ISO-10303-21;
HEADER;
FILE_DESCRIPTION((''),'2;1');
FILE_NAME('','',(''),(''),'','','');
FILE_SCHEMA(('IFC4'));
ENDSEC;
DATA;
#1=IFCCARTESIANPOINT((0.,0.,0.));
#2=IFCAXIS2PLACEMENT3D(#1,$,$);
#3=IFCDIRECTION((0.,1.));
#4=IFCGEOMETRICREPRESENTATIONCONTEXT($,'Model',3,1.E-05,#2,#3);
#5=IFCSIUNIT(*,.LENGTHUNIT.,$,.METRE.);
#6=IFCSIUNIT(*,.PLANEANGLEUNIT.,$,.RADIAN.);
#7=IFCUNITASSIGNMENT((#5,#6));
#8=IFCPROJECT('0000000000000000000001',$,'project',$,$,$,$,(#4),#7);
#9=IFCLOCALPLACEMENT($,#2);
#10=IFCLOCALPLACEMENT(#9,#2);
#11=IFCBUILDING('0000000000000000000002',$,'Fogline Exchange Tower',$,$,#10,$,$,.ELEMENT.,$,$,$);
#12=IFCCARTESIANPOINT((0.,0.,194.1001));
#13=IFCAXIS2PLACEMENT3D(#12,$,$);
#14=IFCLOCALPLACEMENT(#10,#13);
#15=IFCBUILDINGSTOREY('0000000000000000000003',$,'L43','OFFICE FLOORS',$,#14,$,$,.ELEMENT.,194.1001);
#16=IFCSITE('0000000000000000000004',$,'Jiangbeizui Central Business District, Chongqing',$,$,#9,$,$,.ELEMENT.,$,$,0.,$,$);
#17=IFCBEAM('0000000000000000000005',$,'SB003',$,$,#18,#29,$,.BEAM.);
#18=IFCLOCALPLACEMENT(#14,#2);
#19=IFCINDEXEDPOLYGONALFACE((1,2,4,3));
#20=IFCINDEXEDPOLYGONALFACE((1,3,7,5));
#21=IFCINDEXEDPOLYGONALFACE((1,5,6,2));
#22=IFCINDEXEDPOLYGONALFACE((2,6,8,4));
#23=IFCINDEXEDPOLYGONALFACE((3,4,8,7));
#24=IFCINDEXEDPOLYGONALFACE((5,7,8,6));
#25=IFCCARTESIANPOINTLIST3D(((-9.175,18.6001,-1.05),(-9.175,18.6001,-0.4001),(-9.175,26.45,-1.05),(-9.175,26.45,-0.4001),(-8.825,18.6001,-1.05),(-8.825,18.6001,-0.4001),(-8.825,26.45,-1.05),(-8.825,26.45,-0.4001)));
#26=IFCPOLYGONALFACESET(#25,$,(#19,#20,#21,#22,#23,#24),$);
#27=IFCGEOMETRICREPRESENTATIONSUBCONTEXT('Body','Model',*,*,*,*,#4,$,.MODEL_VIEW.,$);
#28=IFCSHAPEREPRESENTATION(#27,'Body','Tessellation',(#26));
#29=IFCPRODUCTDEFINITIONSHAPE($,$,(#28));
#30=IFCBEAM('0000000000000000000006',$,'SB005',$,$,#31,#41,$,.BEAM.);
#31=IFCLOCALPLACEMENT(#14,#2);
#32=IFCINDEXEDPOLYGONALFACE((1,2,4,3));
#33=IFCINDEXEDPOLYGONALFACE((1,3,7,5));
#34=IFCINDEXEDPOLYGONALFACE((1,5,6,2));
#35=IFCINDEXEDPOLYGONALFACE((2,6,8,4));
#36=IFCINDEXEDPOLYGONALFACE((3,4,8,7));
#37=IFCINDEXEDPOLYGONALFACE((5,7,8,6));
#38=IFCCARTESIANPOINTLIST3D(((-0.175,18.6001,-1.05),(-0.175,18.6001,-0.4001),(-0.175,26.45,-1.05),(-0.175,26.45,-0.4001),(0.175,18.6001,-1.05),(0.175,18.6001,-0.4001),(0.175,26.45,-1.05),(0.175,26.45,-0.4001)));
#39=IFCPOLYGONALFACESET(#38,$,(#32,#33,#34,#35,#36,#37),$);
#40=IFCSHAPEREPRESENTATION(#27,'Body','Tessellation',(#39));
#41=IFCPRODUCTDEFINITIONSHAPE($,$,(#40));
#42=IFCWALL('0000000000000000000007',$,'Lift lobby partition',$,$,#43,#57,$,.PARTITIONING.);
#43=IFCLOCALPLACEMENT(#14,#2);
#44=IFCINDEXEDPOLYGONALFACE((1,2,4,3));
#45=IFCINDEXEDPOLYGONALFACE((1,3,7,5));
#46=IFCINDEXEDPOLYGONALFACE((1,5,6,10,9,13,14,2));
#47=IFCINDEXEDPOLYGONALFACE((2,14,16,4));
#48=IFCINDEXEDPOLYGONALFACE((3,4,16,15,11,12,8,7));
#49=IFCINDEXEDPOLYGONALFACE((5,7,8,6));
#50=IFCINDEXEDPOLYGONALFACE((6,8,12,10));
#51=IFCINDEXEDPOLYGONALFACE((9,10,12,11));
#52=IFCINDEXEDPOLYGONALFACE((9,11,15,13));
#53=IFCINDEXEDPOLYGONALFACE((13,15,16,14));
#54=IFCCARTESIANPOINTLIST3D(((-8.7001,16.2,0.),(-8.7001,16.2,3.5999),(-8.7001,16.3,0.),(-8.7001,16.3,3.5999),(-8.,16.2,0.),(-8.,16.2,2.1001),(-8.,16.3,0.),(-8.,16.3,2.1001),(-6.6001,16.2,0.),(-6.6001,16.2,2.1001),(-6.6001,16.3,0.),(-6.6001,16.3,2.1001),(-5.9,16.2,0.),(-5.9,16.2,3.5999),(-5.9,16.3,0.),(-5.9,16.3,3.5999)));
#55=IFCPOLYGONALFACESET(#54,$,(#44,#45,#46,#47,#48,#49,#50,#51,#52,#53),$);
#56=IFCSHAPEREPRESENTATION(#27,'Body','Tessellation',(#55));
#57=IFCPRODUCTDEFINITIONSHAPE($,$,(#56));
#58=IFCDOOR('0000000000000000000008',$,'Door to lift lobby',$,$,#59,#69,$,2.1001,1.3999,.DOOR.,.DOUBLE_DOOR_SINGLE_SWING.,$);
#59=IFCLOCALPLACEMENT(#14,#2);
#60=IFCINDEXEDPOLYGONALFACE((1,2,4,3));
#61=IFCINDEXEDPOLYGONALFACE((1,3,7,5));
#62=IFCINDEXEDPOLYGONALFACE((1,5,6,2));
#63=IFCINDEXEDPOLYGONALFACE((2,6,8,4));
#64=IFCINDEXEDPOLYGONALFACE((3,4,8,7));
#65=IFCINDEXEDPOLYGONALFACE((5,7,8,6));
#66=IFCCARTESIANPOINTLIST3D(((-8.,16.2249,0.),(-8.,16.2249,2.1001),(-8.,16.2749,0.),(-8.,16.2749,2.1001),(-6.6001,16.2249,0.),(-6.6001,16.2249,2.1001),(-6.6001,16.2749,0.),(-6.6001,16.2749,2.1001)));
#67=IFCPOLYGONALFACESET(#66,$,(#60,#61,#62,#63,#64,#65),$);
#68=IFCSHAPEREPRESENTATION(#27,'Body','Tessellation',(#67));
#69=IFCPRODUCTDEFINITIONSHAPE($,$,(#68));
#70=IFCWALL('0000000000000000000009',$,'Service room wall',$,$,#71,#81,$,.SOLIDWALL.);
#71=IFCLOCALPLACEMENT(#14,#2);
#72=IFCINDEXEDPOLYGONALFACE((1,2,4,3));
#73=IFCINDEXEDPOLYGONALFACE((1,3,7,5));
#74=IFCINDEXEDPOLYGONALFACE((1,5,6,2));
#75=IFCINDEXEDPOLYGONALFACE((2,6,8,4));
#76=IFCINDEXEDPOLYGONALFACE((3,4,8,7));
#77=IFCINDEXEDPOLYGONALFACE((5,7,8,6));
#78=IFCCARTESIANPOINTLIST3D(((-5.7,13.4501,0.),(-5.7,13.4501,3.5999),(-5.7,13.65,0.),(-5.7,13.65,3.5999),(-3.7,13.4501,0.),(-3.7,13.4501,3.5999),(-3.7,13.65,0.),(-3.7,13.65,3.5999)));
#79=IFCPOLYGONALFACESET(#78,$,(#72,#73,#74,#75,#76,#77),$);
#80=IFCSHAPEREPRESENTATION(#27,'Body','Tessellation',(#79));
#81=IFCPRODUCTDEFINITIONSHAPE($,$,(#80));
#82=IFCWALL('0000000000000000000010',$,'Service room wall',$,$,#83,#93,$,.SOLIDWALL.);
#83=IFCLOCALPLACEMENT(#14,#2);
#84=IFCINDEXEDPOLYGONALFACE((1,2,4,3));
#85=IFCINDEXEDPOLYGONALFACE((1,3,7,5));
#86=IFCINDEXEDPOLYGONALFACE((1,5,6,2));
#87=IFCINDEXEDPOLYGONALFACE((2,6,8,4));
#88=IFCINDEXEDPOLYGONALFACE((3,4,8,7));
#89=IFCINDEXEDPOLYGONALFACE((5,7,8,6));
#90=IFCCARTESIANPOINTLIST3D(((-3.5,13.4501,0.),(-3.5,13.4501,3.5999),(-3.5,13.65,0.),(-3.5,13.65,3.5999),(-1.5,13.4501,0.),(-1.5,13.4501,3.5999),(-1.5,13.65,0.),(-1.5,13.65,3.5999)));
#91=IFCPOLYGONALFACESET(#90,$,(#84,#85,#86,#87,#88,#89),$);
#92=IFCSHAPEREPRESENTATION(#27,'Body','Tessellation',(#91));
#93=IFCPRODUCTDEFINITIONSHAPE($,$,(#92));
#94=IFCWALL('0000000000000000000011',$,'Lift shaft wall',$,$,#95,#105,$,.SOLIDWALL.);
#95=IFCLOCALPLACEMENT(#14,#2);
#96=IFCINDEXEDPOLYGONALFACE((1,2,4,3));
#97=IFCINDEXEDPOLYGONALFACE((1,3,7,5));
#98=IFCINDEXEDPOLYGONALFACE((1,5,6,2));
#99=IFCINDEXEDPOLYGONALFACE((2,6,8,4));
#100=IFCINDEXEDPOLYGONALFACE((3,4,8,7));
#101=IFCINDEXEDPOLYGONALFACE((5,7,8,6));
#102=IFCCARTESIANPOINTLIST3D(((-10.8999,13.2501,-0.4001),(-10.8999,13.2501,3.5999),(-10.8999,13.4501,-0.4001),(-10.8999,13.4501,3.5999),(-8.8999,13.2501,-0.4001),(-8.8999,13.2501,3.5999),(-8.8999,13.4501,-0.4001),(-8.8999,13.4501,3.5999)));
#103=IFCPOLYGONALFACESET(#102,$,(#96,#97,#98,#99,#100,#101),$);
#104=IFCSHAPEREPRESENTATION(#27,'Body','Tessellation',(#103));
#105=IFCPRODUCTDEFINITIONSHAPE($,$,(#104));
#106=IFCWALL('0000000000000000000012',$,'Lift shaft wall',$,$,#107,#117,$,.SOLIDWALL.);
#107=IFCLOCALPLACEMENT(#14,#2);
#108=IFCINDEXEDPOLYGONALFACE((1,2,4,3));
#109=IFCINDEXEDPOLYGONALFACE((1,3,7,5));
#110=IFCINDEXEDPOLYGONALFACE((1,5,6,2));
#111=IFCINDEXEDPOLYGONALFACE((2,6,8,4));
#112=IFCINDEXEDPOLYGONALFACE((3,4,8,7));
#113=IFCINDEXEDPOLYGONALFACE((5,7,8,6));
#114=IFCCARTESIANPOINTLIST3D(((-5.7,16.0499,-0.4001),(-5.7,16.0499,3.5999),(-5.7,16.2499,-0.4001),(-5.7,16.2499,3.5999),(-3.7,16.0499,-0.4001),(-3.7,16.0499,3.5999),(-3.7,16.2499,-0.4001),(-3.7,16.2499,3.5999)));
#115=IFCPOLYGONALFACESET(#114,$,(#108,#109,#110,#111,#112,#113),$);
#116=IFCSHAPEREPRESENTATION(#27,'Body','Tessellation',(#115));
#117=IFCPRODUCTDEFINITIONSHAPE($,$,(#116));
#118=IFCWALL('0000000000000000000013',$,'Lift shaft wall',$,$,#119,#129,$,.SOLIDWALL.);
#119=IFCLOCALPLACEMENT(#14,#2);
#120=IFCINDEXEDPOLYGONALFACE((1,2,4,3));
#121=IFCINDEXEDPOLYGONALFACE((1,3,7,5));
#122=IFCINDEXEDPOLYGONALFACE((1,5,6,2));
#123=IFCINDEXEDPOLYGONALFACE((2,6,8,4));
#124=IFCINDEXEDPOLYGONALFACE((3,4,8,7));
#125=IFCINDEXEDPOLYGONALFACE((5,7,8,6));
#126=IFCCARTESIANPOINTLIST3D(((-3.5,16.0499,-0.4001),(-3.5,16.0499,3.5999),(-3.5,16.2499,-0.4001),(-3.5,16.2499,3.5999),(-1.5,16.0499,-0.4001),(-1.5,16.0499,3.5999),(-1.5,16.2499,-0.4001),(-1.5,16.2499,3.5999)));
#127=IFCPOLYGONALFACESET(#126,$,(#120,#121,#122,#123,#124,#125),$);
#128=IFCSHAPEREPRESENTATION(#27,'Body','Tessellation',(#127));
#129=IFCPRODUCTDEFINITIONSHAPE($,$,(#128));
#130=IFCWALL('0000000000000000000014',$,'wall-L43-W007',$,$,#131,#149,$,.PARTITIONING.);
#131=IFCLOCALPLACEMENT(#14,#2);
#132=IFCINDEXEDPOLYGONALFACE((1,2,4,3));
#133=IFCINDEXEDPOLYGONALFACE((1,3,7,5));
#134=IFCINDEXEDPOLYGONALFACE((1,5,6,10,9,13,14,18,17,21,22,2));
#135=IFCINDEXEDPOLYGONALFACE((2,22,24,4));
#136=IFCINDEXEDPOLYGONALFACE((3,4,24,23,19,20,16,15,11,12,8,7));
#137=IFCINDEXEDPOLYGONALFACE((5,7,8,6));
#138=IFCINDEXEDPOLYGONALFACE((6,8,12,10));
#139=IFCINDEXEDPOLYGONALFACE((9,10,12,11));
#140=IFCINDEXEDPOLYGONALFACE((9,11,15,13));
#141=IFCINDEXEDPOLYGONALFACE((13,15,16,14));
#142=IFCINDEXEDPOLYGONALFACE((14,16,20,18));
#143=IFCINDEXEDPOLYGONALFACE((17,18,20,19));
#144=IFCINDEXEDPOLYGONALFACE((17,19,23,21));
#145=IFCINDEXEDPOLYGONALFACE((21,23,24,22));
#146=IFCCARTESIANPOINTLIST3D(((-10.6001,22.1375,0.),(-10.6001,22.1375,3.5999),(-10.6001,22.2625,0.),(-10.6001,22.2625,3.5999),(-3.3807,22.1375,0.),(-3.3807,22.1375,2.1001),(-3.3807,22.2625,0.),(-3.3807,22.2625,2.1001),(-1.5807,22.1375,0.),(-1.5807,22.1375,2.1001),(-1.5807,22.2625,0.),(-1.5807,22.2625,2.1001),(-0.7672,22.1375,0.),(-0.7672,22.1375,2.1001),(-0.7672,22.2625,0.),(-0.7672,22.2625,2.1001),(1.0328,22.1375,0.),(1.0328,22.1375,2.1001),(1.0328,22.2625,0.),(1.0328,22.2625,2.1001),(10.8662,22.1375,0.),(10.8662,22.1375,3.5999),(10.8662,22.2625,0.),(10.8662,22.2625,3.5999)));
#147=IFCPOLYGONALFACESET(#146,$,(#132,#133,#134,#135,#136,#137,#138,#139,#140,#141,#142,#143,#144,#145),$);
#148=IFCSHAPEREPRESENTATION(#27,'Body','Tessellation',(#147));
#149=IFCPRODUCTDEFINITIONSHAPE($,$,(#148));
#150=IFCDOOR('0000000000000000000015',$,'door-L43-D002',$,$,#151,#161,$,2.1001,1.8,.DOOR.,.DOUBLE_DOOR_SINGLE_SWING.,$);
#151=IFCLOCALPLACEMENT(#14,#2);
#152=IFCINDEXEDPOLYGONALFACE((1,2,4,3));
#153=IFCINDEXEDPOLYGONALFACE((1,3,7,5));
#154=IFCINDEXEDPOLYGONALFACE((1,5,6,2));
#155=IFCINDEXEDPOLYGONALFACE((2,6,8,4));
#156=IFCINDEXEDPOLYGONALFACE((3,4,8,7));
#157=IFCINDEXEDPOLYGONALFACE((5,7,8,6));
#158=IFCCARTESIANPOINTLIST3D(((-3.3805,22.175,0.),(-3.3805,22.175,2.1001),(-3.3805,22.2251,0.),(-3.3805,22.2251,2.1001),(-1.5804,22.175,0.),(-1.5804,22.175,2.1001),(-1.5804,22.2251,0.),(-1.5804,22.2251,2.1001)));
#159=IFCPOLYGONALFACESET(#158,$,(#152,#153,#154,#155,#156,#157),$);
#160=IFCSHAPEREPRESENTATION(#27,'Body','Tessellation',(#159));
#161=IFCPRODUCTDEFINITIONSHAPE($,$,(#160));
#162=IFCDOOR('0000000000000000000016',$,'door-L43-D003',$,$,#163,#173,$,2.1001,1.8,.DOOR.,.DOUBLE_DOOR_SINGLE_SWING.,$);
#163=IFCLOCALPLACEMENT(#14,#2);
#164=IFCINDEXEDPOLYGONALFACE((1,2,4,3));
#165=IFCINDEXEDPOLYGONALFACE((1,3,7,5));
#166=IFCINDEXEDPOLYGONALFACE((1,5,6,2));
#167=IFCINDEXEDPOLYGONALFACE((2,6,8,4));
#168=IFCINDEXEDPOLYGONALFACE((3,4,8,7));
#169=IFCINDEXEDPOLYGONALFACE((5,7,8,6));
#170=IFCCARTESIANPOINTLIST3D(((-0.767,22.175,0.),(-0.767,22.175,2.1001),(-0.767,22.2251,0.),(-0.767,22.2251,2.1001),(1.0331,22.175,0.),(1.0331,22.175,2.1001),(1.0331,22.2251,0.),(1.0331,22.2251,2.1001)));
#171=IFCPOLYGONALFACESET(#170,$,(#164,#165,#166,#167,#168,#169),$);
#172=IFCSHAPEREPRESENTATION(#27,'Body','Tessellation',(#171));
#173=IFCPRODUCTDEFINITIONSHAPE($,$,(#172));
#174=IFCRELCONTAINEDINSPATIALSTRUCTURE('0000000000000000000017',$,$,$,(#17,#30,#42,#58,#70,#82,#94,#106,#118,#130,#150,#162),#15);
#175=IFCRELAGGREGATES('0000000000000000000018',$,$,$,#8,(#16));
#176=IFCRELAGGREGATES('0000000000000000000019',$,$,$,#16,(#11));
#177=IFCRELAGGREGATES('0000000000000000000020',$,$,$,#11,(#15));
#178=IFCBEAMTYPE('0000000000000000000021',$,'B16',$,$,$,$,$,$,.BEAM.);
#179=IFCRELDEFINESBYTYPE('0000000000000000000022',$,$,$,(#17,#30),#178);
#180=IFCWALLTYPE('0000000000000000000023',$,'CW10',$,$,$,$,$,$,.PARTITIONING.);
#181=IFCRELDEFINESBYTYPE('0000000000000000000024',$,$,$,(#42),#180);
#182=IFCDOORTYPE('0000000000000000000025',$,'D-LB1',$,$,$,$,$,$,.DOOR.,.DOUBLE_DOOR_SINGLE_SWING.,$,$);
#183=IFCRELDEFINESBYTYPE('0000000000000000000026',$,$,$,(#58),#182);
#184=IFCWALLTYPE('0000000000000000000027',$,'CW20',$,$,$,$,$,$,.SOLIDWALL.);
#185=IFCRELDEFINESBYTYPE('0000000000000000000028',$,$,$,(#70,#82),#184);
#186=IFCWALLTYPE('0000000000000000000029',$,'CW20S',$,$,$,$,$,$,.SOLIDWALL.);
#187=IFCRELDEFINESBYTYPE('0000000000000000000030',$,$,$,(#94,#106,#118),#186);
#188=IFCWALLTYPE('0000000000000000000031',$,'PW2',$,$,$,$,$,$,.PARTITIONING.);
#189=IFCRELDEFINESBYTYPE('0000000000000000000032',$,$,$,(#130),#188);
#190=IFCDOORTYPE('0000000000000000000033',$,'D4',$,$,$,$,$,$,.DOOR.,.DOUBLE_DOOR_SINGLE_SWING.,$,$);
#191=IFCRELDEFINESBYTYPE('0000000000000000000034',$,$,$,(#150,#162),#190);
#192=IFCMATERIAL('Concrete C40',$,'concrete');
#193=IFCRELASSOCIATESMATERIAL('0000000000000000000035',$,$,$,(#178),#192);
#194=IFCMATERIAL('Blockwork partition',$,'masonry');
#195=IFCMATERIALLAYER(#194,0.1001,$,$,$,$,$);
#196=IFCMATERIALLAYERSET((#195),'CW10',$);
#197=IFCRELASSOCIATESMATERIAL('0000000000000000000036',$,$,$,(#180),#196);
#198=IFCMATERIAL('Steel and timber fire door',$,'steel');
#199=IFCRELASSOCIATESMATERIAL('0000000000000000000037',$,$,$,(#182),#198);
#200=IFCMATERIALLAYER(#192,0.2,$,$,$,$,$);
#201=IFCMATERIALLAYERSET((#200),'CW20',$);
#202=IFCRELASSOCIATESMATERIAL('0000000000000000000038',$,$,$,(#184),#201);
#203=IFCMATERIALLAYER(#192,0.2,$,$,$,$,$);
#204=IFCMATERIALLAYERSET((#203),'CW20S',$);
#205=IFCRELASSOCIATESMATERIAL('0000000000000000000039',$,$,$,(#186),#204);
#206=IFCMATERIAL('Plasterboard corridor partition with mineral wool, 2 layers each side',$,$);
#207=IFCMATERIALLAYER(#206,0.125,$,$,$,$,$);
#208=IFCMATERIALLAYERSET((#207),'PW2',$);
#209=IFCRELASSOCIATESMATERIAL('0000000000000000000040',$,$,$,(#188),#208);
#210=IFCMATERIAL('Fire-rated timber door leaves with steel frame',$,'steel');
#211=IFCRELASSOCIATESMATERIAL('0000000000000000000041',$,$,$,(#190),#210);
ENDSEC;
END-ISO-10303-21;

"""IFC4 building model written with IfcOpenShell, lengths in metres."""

from ifc_helpers import new_model, si_unit, direction, frame, frame_2d, origin, origin_2d, place, context, subcontext, project, spatial, rectangle, extrude, material, layer, layer_set, material_profile, profile_set, type_object, element, fill, save


model = new_model("IFC4")

# Units and contexts
model_context = context("Model", 3, precision=1e-05, world=origin(), true_north=direction((0.0, 1.0)))
body_context = subcontext(model_context, "Body", "Model", "MODEL_VIEW")
ifc_project = project(units=[si_unit("LENGTHUNIT", "METRE"), si_unit("PLANEANGLEUNIT", "RADIAN")], contexts=[model_context])

# Site, building, storey
site_placement = place(None, origin())
site = spatial("IfcSite", under=ifc_project, at=site_placement, Name="Jiangbeizui Central Business District, Chongqing", CompositionType="ELEMENT", RefElevation=0.0)
building_placement = place(site_placement, origin())
building = spatial("IfcBuilding", under=site, at=building_placement, Name="Fogline Exchange Tower", CompositionType="ELEMENT")
storey_placement = place(building_placement, frame((0.0, 0.0, 194.1001)))
storey = spatial("IfcBuildingStorey", under=building, at=storey_placement, Name="L43", Description="OFFICE FLOORS", CompositionType="ELEMENT", Elevation=194.1001)

# Beams
ifc_material_1 = material(Name="Concrete C40", Category="concrete")
ifc_material_profile = material_profile(ifc_material_1, rectangle(XDim=0.3501, YDim=0.6499, at=origin_2d()), Name="RC 350x650")
ifc_profile_set = profile_set([ifc_material_profile], Name="Concrete C40")
beam_type = type_object("IfcBeamType", Name="B16", PredefinedType="BEAM", material=ifc_profile_set)
for number, where, z_axis, x_axis, name in (
    (1, (-9.0, 18.6001, -0.7251), (0.0, 1.0, 0.0), (-1.0, 0.0, 0.0), "SB003"),
    (2, (0.0, 18.6001, -0.7251), (0.0, 1.0, 0.0), (-1.0, 0.0, 0.0), "SB005"),
):
    element("IfcBeam", number, at=place(storey_placement, frame(where, z_axis=z_axis, x_axis=x_axis)), inside=storey, type_object=beam_type, Name=name, PredefinedType="BEAM", context=body_context, shape_type="SweptSolid", body=[
        extrude(rectangle(XDim=0.3501, YDim=0.6499, at=origin_2d()), origin(), (0.0, 0.0, 1.0), 7.8499),
    ])

# Wall, opening, door
ifc_material_2 = material(Name="Blockwork partition", Category="masonry")
ifc_layer_1 = layer(ifc_material_2, 0.1001)
ifc_layer_set_1 = layer_set([ifc_layer_1], Name="CW10")
wall_type_1 = type_object("IfcWallType", Name="CW10", PredefinedType="PARTITIONING", material=ifc_layer_set_1)
wall_1_placement = place(storey_placement, frame((-8.7, 16.25, 0.0), z_axis=(0.0, 0.0, 1.0), x_axis=(1.0, 0.0, 0.0)))
wall_1 = element("IfcWall", 3, at=wall_1_placement, inside=storey, type_object=wall_type_1, Name="Lift lobby partition", PredefinedType="PARTITIONING", context=body_context, shape_type="SweptSolid", body=[
    extrude(rectangle(XDim=2.8, YDim=0.1001, at=frame_2d((1.3999, 0.0))), origin(), (0.0, 0.0, 1.0), 3.5999),
])
opening_1_placement = place(wall_1_placement, frame((0.7, 0.0, 0.0)))
opening_1 = element("IfcOpeningElement", 4, at=opening_1_placement, cuts=wall_1, PredefinedType="OPENING", context=body_context, shape_type="SweptSolid", body=[
    extrude(rectangle(XDim=1.3999, YDim=2.1001, at=frame_2d((0.7, 1.05))), frame((0.0, 0.0601, 0.0), z_axis=(0.0, -1.0, 0.0), x_axis=(1.0, 0.0, 0.0)), (0.0, 0.0, 1.0), 0.1201),
])
ifc_material_3 = material(Name="Steel and timber fire door", Category="steel")
door_type_1 = type_object("IfcDoorType", Name="D-LB1", OperationType="DOUBLE_DOOR_SINGLE_SWING", PredefinedType="DOOR", material=ifc_material_3)
door_1_placement = place(opening_1_placement, origin())
door_1 = element("IfcDoor", 5, at=door_1_placement, inside=storey, type_object=door_type_1, Name="Door to lift lobby", OperationType="DOUBLE_DOOR_SINGLE_SWING", OverallHeight=2.1001, OverallWidth=1.3999, PredefinedType="DOOR", context=body_context, shape_type="SweptSolid", body=[
    extrude(rectangle(XDim=1.3999, YDim=2.1001, at=frame_2d((0.7, 1.05))), frame((0.0, 0.0249, 0.0), z_axis=(0.0, -1.0, 0.0), x_axis=(1.0, 0.0, 0.0)), (0.0, 0.0, 1.0), 0.05),
])
fill(opening_1, door_1)

# Walls
ifc_layer_2 = layer(ifc_material_1, 0.2)
ifc_layer_set_2 = layer_set([ifc_layer_2], Name="CW20")
wall_type_2 = type_object("IfcWallType", Name="CW20", PredefinedType="SOLIDWALL", material=ifc_layer_set_2)
for number, where, z_axis, x_axis, name in (
    (6, (-5.7, 13.55, 0.0), (0.0, 0.0, 1.0), (1.0, 0.0, 0.0), "Service room wall"),
    (7, (-3.5, 13.55, 0.0), (0.0, 0.0, 1.0), (1.0, 0.0, 0.0), "Service room wall"),
):
    element("IfcWall", number, at=place(storey_placement, frame(where, z_axis=z_axis, x_axis=x_axis)), inside=storey, type_object=wall_type_2, Name=name, PredefinedType="SOLIDWALL", context=body_context, shape_type="SweptSolid", body=[
        extrude(rectangle(XDim=2.0, YDim=0.2, at=frame_2d((1.0, 0.0))), origin(), (0.0, 0.0, 1.0), 3.5999),
    ])
ifc_layer_3 = layer(ifc_material_1, 0.2)
ifc_layer_set_3 = layer_set([ifc_layer_3], Name="CW20S")
wall_type_3 = type_object("IfcWallType", Name="CW20S", PredefinedType="SOLIDWALL", material=ifc_layer_set_3)
for number, where, z_axis, x_axis, name in (
    (8, (-10.8999, 13.3501, -0.4001), (0.0, 0.0, 1.0), (1.0, 0.0, 0.0), "Lift shaft wall"),
    (9, (-5.7, 16.1499, -0.4001), (0.0, 0.0, 1.0), (1.0, 0.0, 0.0), "Lift shaft wall"),
    (10, (-3.5, 16.1499, -0.4001), (0.0, 0.0, 1.0), (1.0, 0.0, 0.0), "Lift shaft wall"),
):
    element("IfcWall", number, at=place(storey_placement, frame(where, z_axis=z_axis, x_axis=x_axis)), inside=storey, type_object=wall_type_3, Name=name, PredefinedType="SOLIDWALL", context=body_context, shape_type="SweptSolid", body=[
        extrude(rectangle(XDim=2.0, YDim=0.2, at=frame_2d((1.0, 0.0))), origin(), (0.0, 0.0, 1.0), 4.0),
    ])

# Wall, openings, doors
ifc_material_4 = material(Name="Plasterboard corridor partition with mineral wool, 2 layers each side")
ifc_layer_4 = layer(ifc_material_4, 0.125)
ifc_layer_set_4 = layer_set([ifc_layer_4], Name="PW2")
wall_type_4 = type_object("IfcWallType", Name="PW2", PredefinedType="PARTITIONING", material=ifc_layer_set_4)
wall_2_placement = place(storey_placement, frame((-10.6001, 22.2, 0.0), z_axis=(0.0, 0.0, 1.0), x_axis=(1.0, 0.0, 0.0)))
wall_2 = element("IfcWall", 11, at=wall_2_placement, inside=storey, type_object=wall_type_4, Name="wall-L43-W007", PredefinedType="PARTITIONING", context=body_context, shape_type="SweptSolid", body=[
    extrude(rectangle(XDim=21.4663, YDim=0.125, at=frame_2d((10.7332, 0.0))), origin(), (0.0, 0.0, 1.0), 3.5999),
])
opening_2_placement = place(wall_2_placement, frame((7.2195, 0.0, 0.0)))
opening_2 = element("IfcOpeningElement", 12, at=opening_2_placement, cuts=wall_2, PredefinedType="OPENING", context=body_context, shape_type="SweptSolid", body=[
    extrude(rectangle(XDim=1.8, YDim=2.1001, at=frame_2d((0.8999, 1.05))), frame((0.0, 0.0725, 0.0), z_axis=(0.0, -1.0, 0.0), x_axis=(1.0, 0.0, 0.0)), (0.0, 0.0, 1.0), 0.145),
])
opening_3_placement = place(wall_2_placement, frame((9.833, 0.0, 0.0)))
opening_3 = element("IfcOpeningElement", 13, at=opening_3_placement, cuts=wall_2, PredefinedType="OPENING", context=body_context, shape_type="SweptSolid", body=[
    extrude(rectangle(XDim=1.8, YDim=2.1001, at=frame_2d((0.8999, 1.05))), frame((0.0, 0.0725, 0.0), z_axis=(0.0, -1.0, 0.0), x_axis=(1.0, 0.0, 0.0)), (0.0, 0.0, 1.0), 0.145),
])
ifc_material_5 = material(Name="Fire-rated timber door leaves with steel frame", Category="steel")
door_type_2 = type_object("IfcDoorType", Name="D4", OperationType="DOUBLE_DOOR_SINGLE_SWING", PredefinedType="DOOR", material=ifc_material_5)
door_2_placement = place(opening_2_placement, frame((1.8, 0.0, 0.0), z_axis=(0.0, 0.0, 1.0), x_axis=(-1.0, 0.0, 0.0)))
door_2 = element("IfcDoor", 14, at=door_2_placement, inside=storey, type_object=door_type_2, Name="door-L43-D002", OperationType="DOUBLE_DOOR_SINGLE_SWING", OverallHeight=2.1001, OverallWidth=1.8, PredefinedType="DOOR", context=body_context, shape_type="SweptSolid", body=[
    extrude(rectangle(XDim=1.8, YDim=2.1001, at=frame_2d((0.8999, 1.05))), frame((0.0, 0.0249, 0.0), z_axis=(0.0, -1.0, 0.0), x_axis=(1.0, 0.0, 0.0)), (0.0, 0.0, 1.0), 0.05),
])
fill(opening_2, door_2)
door_3_placement = place(opening_3_placement, frame((1.8, 0.0, 0.0), z_axis=(0.0, 0.0, 1.0), x_axis=(-1.0, 0.0, 0.0)))
door_3 = element("IfcDoor", 15, at=door_3_placement, inside=storey, type_object=door_type_2, Name="door-L43-D003", OperationType="DOUBLE_DOOR_SINGLE_SWING", OverallHeight=2.1001, OverallWidth=1.8, PredefinedType="DOOR", context=body_context, shape_type="SweptSolid", body=[
    extrude(rectangle(XDim=1.8, YDim=2.1001, at=frame_2d((0.8999, 1.05))), frame((0.0, 0.0249, 0.0), z_axis=(0.0, -1.0, 0.0), x_axis=(1.0, 0.0, 0.0)), (0.0, 0.0, 1.0), 0.05),
])
fill(opening_3, door_3)

save(model, "model.ifc")
